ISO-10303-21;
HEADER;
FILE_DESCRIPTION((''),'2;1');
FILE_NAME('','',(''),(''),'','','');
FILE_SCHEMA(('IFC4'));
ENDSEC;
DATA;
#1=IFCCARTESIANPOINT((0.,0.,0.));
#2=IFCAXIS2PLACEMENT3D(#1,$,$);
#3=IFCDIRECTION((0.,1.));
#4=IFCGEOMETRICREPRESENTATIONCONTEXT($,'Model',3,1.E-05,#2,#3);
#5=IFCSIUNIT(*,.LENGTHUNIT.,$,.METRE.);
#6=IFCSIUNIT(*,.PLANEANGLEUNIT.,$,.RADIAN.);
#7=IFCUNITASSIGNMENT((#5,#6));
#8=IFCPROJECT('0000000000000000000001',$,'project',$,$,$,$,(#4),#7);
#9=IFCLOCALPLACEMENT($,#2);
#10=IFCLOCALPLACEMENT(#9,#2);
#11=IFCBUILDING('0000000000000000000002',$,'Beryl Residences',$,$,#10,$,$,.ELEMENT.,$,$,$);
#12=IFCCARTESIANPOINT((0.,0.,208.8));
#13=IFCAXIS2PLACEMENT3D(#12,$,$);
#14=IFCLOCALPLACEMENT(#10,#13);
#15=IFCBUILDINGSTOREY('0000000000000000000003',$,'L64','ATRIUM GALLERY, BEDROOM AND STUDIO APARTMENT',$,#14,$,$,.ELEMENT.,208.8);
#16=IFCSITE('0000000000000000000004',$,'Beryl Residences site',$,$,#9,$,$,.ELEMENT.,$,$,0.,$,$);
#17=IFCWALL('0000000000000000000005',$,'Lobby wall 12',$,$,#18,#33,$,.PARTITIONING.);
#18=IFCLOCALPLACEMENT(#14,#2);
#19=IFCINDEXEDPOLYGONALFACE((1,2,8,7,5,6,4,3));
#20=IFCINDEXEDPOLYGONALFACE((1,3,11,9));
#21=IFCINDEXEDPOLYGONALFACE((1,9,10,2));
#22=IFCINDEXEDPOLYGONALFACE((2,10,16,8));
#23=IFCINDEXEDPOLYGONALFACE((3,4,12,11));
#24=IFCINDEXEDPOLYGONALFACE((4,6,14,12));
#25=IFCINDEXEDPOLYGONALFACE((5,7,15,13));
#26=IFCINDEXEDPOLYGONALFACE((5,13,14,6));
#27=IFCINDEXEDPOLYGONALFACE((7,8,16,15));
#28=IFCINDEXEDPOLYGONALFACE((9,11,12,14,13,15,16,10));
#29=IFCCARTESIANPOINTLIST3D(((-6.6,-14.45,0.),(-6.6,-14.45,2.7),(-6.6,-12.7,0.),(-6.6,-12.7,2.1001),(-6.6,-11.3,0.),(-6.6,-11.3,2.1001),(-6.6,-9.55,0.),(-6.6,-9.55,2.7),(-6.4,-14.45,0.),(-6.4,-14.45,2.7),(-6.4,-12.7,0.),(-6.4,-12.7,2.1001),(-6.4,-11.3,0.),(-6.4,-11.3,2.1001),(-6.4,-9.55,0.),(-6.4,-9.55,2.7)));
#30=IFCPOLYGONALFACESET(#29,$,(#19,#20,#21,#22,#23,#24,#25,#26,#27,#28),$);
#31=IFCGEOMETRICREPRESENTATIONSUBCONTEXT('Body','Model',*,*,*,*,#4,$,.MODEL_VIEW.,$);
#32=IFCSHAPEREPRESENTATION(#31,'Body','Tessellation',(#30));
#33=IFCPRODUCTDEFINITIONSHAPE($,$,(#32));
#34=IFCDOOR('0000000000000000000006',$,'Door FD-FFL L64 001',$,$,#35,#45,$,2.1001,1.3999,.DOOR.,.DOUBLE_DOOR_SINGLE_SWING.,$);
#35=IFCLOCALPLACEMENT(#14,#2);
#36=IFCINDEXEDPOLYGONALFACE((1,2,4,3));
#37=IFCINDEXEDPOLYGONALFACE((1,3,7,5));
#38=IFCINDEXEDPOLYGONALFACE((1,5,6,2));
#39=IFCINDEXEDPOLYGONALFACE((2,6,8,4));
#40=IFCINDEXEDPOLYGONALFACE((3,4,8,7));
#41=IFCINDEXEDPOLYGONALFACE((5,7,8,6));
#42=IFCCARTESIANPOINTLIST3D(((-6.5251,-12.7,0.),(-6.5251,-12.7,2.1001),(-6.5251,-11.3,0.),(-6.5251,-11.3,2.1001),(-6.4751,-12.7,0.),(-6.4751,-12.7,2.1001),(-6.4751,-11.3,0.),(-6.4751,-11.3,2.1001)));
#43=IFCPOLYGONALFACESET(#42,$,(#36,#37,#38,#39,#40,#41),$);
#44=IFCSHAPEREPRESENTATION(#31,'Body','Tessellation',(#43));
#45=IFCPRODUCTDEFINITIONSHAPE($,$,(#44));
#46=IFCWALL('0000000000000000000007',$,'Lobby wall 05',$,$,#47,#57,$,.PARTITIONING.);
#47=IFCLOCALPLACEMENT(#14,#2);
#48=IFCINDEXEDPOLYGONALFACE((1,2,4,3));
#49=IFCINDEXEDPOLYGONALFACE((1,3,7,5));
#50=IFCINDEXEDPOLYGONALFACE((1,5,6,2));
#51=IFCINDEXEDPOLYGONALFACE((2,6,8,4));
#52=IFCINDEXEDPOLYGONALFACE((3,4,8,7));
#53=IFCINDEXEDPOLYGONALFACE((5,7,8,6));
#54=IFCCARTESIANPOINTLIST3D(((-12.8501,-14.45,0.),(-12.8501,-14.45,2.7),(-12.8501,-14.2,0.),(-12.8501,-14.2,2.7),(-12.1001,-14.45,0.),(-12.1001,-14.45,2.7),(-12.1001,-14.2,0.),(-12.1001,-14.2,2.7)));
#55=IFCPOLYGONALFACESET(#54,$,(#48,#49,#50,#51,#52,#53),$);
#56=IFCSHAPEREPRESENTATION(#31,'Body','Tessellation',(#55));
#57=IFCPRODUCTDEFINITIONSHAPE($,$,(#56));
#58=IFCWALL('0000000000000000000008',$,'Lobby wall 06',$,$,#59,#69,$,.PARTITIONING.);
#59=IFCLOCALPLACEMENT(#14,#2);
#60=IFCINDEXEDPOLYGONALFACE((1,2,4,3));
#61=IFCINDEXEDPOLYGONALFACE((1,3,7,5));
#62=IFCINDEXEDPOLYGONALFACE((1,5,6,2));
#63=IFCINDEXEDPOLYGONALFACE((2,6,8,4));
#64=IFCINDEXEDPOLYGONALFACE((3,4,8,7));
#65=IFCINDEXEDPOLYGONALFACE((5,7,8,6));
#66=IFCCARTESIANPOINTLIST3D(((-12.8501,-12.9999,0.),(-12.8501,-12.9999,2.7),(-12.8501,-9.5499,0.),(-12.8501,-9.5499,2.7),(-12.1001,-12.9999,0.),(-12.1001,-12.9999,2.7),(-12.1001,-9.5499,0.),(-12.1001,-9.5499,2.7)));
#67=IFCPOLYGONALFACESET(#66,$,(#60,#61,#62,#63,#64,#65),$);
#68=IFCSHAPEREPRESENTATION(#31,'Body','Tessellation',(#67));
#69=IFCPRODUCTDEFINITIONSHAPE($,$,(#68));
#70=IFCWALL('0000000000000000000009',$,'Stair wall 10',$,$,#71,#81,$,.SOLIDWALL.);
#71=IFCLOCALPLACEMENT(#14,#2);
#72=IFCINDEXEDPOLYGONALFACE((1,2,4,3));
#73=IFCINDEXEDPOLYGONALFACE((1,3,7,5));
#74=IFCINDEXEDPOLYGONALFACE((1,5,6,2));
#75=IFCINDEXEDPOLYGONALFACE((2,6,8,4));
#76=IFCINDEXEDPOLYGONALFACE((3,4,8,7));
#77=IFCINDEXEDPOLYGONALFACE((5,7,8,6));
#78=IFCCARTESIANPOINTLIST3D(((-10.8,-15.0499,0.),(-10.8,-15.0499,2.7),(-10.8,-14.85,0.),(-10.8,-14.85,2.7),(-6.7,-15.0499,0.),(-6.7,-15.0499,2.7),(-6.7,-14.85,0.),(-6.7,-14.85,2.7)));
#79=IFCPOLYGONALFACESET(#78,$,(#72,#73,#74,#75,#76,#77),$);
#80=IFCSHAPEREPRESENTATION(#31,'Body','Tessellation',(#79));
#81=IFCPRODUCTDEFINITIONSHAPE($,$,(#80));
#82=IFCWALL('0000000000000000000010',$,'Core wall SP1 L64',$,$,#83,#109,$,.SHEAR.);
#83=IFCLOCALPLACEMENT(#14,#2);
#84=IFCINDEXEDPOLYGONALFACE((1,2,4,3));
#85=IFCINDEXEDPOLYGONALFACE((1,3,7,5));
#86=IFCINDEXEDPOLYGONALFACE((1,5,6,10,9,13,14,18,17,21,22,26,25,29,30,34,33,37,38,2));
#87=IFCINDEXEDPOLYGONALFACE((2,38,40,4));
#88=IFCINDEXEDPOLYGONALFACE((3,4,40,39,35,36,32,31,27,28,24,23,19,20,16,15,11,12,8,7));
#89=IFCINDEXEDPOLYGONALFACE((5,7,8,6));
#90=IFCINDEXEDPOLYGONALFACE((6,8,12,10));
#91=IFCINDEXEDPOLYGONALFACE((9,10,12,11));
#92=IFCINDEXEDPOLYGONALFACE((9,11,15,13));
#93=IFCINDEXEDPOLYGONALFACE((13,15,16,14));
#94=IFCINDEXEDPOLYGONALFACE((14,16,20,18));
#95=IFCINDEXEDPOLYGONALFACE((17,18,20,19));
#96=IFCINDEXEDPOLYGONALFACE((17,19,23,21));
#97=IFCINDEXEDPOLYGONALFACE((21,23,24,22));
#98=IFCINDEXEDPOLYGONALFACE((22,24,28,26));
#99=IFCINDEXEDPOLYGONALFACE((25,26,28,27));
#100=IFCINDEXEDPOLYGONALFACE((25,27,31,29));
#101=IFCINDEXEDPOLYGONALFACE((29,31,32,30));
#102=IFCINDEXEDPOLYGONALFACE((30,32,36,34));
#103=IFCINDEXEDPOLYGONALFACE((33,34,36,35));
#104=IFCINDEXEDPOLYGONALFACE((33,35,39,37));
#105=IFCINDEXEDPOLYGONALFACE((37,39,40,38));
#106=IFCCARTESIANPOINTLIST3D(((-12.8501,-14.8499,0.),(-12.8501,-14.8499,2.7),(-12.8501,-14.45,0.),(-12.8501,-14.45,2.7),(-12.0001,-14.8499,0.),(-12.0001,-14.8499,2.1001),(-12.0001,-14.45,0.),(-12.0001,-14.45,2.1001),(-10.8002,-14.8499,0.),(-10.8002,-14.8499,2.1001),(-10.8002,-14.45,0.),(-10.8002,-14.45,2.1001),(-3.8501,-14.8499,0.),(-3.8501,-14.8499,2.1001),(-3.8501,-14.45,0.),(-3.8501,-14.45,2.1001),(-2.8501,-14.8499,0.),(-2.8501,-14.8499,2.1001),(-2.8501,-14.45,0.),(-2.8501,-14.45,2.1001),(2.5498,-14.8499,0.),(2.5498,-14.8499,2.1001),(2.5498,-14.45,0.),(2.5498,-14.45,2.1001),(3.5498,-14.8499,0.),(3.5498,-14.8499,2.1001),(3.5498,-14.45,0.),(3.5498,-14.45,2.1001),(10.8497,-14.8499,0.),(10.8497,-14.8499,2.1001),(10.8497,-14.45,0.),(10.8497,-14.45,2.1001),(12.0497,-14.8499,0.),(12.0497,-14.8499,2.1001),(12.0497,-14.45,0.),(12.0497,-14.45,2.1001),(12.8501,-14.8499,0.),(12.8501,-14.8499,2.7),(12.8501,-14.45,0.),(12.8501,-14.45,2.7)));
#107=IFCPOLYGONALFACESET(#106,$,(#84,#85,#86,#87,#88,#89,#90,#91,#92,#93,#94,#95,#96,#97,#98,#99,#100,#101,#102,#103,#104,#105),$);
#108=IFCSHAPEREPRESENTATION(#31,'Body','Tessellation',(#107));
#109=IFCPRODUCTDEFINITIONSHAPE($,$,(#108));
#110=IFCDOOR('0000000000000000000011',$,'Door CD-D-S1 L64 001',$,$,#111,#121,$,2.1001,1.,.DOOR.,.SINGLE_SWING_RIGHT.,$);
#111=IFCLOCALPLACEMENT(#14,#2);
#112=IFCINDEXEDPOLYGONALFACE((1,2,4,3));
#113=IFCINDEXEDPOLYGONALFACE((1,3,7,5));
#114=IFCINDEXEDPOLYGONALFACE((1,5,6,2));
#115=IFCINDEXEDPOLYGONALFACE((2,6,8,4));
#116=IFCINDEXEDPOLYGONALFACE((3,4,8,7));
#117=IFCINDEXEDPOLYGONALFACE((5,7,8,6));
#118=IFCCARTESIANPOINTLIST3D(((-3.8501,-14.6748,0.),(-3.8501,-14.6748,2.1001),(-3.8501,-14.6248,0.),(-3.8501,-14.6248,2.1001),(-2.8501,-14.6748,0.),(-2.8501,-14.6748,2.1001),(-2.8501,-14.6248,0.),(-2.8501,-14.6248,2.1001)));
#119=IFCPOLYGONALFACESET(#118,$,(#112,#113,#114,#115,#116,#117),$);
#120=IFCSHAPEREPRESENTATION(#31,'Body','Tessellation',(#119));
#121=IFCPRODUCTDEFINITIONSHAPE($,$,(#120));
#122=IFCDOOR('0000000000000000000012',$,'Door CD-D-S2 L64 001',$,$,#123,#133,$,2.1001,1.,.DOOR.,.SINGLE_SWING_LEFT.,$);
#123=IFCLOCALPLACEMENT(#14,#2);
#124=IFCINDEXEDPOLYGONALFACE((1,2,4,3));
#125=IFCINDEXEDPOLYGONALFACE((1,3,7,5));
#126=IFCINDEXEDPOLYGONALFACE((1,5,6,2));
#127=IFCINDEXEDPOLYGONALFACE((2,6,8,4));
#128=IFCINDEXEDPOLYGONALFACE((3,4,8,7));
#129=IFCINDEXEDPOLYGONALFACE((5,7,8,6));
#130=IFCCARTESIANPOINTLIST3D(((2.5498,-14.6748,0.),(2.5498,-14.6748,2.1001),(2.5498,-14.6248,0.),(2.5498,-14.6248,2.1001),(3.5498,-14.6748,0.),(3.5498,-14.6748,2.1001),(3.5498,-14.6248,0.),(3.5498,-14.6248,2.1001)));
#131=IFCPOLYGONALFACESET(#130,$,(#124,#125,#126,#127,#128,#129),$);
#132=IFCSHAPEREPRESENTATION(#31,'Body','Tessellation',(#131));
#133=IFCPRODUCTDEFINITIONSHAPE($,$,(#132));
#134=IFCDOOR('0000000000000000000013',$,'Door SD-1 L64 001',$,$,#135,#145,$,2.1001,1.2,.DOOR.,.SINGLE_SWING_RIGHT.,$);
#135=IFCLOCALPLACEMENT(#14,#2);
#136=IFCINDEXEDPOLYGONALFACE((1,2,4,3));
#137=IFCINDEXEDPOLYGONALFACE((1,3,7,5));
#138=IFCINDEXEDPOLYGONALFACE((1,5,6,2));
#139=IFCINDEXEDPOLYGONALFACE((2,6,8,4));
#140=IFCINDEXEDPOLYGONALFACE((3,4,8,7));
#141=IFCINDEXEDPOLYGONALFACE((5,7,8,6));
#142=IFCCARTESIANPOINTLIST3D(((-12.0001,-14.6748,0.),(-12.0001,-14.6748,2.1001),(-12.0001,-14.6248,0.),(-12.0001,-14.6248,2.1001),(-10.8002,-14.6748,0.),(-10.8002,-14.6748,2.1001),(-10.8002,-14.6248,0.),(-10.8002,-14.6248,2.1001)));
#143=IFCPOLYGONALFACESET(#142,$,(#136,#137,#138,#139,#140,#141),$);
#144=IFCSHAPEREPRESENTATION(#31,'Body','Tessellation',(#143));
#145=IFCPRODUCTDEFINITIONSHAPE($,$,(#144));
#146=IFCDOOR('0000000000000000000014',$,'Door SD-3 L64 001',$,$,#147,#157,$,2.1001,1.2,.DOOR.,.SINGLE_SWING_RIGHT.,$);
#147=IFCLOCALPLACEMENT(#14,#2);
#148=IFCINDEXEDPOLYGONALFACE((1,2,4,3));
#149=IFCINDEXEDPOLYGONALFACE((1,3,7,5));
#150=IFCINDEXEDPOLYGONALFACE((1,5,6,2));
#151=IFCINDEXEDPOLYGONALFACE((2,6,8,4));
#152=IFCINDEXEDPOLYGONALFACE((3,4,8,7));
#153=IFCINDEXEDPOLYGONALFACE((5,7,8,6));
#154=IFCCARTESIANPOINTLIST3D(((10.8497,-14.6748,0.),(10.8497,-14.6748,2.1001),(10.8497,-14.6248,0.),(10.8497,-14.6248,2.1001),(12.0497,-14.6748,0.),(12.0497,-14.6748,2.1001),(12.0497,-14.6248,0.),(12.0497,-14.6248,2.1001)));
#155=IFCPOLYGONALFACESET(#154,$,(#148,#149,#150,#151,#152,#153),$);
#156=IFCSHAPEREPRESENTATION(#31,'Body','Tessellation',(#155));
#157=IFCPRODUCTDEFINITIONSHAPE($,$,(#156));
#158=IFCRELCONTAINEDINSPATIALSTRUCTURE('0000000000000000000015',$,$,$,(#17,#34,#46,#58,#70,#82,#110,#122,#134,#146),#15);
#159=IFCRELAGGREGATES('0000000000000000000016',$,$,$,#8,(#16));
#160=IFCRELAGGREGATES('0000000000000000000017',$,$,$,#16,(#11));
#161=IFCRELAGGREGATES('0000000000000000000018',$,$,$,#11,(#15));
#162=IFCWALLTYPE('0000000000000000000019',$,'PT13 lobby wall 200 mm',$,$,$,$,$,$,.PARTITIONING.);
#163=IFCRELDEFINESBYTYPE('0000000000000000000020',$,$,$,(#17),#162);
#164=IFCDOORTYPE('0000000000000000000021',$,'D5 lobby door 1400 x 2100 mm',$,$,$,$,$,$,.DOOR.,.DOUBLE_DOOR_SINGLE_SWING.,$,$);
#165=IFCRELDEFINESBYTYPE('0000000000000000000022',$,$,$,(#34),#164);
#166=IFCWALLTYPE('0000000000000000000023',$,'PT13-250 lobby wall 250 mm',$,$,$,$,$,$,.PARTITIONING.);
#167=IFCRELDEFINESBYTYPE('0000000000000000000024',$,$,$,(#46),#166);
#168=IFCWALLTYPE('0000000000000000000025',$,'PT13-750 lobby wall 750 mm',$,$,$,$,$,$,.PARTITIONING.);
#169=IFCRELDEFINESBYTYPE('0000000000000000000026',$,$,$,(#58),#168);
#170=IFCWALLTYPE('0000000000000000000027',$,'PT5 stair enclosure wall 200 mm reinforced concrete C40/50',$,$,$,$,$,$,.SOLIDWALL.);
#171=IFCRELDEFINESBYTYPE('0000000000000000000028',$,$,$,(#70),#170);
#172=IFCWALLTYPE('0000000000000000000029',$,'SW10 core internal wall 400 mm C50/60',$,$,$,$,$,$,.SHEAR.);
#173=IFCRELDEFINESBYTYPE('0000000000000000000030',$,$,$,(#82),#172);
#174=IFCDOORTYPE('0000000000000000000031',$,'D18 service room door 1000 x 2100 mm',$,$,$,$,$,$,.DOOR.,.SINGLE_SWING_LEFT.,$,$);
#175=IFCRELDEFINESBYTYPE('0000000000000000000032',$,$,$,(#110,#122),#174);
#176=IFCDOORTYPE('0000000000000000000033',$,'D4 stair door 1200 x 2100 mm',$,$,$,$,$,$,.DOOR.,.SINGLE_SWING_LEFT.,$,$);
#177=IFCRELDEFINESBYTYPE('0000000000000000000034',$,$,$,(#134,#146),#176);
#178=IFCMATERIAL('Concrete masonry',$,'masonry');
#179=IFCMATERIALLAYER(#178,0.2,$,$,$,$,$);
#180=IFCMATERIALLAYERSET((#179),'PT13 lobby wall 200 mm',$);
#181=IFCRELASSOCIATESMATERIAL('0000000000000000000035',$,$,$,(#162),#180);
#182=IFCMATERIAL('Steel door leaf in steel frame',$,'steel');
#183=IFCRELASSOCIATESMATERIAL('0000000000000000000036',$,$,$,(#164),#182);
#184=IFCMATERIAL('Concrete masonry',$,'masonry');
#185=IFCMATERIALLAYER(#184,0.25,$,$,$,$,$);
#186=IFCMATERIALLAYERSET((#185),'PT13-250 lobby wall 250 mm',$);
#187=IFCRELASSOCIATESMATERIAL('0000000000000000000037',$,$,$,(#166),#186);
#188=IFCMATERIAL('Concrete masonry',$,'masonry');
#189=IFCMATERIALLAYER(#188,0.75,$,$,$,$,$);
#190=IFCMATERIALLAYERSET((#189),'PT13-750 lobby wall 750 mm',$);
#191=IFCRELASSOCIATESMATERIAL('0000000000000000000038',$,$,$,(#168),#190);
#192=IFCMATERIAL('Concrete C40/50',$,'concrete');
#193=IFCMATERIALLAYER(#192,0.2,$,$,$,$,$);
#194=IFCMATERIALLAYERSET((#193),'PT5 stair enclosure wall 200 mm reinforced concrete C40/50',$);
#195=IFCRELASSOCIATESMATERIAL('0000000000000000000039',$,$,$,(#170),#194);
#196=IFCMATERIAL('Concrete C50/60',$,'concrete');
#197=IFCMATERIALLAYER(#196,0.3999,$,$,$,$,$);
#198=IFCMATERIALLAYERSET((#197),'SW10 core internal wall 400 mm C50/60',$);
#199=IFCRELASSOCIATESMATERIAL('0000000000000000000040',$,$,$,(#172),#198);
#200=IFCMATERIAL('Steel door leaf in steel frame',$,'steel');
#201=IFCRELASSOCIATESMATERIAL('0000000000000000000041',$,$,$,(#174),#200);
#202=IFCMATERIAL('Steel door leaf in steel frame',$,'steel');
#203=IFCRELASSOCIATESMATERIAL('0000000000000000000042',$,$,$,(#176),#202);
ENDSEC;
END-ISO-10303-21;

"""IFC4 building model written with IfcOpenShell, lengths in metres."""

from ifc_helpers import new_model, si_unit, direction, frame, frame_2d, origin, place, context, subcontext, project, spatial, rectangle, extrude, material, layer, layer_set, type_object, element, fill, save


model = new_model("IFC4")

# Units and contexts
model_context = context("Model", 3, precision=1e-05, world=origin(), true_north=direction((0.0, 1.0)))
body_context = subcontext(model_context, "Body", "Model", "MODEL_VIEW")
ifc_project = project(units=[si_unit("LENGTHUNIT", "METRE"), si_unit("PLANEANGLEUNIT", "RADIAN")], contexts=[model_context])

# Site, building, storey
site_placement = place(None, origin())
site = spatial("IfcSite", under=ifc_project, at=site_placement, Name="Beryl Residences site", CompositionType="ELEMENT", RefElevation=0.0)
building_placement = place(site_placement, origin())
building = spatial("IfcBuilding", under=site, at=building_placement, Name="Beryl Residences", CompositionType="ELEMENT")
storey_placement = place(building_placement, frame((0.0, 0.0, 208.8)))
storey = spatial("IfcBuildingStorey", under=building, at=storey_placement, Name="L64", Description="ATRIUM GALLERY, BEDROOM AND STUDIO APARTMENT", CompositionType="ELEMENT", Elevation=208.8)

# Wall, opening, door
ifc_material_1 = material(Name="Concrete masonry", Category="masonry")
ifc_layer_1 = layer(ifc_material_1, 0.2)
ifc_layer_set_1 = layer_set([ifc_layer_1], Name="PT13 lobby wall 200 mm")
wall_type_1 = type_object("IfcWallType", Name="PT13 lobby wall 200 mm", PredefinedType="PARTITIONING", material=ifc_layer_set_1)
wall_1_placement = place(storey_placement, frame((-6.5, -14.45, 0.0), z_axis=(0.0, 0.0, 1.0), x_axis=(0.0, 1.0, 0.0)))
wall_1 = element("IfcWall", 1, at=wall_1_placement, inside=storey, type_object=wall_type_1, Name="Lobby wall 12", PredefinedType="PARTITIONING", context=body_context, shape_type="SweptSolid", body=[
    extrude(rectangle(XDim=4.8999, YDim=0.2, at=frame_2d((2.45, 0.0))), origin(), (0.0, 0.0, 1.0), 2.7),
])
opening_1_placement = place(wall_1_placement, frame((3.1499, 0.0, 0.0), z_axis=(0.0, 0.0, 1.0), x_axis=(-1.0, 0.0, 0.0)))
opening_1 = element("IfcOpeningElement", 2, at=opening_1_placement, cuts=wall_1, PredefinedType="OPENING", context=body_context, shape_type="SweptSolid", body=[
    extrude(rectangle(XDim=1.3999, YDim=2.1001, at=frame_2d((0.7, 1.05))), frame((0.0, 0.1099, 0.0), z_axis=(0.0, -1.0, 0.0), x_axis=(1.0, 0.0, 0.0)), (0.0, 0.0, 1.0), 0.22),
])
ifc_material_2 = material(Name="Steel door leaf in steel frame", Category="steel")
door_type_1 = type_object("IfcDoorType", Name="D5 lobby door 1400 x 2100 mm", OperationType="DOUBLE_DOOR_SINGLE_SWING", PredefinedType="DOOR", material=ifc_material_2)
door_1_placement = place(opening_1_placement, origin())
door_1 = element("IfcDoor", 3, at=door_1_placement, inside=storey, type_object=door_type_1, Name="Door FD-FFL L64 001", OperationType="DOUBLE_DOOR_SINGLE_SWING", OverallHeight=2.1001, OverallWidth=1.3999, PredefinedType="DOOR", context=body_context, shape_type="SweptSolid", body=[
    extrude(rectangle(XDim=1.3999, YDim=2.1001, at=frame_2d((0.7, 1.05))), frame((0.0, 0.0249, 0.0), z_axis=(0.0, -1.0, 0.0), x_axis=(1.0, 0.0, 0.0)), (0.0, 0.0, 1.0), 0.05),
])
fill(opening_1, door_1)

# Walls
ifc_material_3 = material(Name="Concrete masonry", Category="masonry")
ifc_layer_2 = layer(ifc_material_3, 0.25)
ifc_layer_set_2 = layer_set([ifc_layer_2], Name="PT13-250 lobby wall 250 mm")
wall_type_2 = type_object("IfcWallType", Name="PT13-250 lobby wall 250 mm", PredefinedType="PARTITIONING", material=ifc_layer_set_2)
wall_2_placement = place(storey_placement, frame((-12.8501, -14.325, 0.0), z_axis=(0.0, 0.0, 1.0), x_axis=(1.0, 0.0, 0.0)))
element("IfcWall", 4, at=wall_2_placement, inside=storey, type_object=wall_type_2, Name="Lobby wall 05", PredefinedType="PARTITIONING", context=body_context, shape_type="SweptSolid", body=[
    extrude(rectangle(XDim=0.75, YDim=0.25, at=frame_2d((0.375, 0.0))), origin(), (0.0, 0.0, 1.0), 2.7),
])
ifc_material_4 = material(Name="Concrete masonry", Category="masonry")
ifc_layer_3 = layer(ifc_material_4, 0.75)
ifc_layer_set_3 = layer_set([ifc_layer_3], Name="PT13-750 lobby wall 750 mm")
wall_type_3 = type_object("IfcWallType", Name="PT13-750 lobby wall 750 mm", PredefinedType="PARTITIONING", material=ifc_layer_set_3)
wall_3_placement = place(storey_placement, frame((-12.4751, -13.0, 0.0), z_axis=(0.0, 0.0, 1.0), x_axis=(0.0, 1.0, 0.0)))
element("IfcWall", 5, at=wall_3_placement, inside=storey, type_object=wall_type_3, Name="Lobby wall 06", PredefinedType="PARTITIONING", context=body_context, shape_type="SweptSolid", body=[
    extrude(rectangle(XDim=3.45, YDim=0.75, at=frame_2d((1.7251, 0.0))), origin(), (0.0, 0.0, 1.0), 2.7),
])
ifc_material_5 = material(Name="Concrete C40/50", Category="concrete")
ifc_layer_4 = layer(ifc_material_5, 0.2)
ifc_layer_set_4 = layer_set([ifc_layer_4], Name="PT5 stair enclosure wall 200 mm reinforced concrete C40/50")
wall_type_4 = type_object("IfcWallType", Name="PT5 stair enclosure wall 200 mm reinforced concrete C40/50", PredefinedType="SOLIDWALL", material=ifc_layer_set_4)
wall_4_placement = place(storey_placement, frame((-10.8, -14.95, 0.0), z_axis=(0.0, 0.0, 1.0), x_axis=(1.0, 0.0, 0.0)))
element("IfcWall", 6, at=wall_4_placement, inside=storey, type_object=wall_type_4, Name="Stair wall 10", PredefinedType="SOLIDWALL", context=body_context, shape_type="SweptSolid", body=[
    extrude(rectangle(XDim=4.1001, YDim=0.2, at=frame_2d((2.05, 0.0))), origin(), (0.0, 0.0, 1.0), 2.7),
])

# Wall, openings, doors
ifc_material_6 = material(Name="Concrete C50/60", Category="concrete")
ifc_layer_5 = layer(ifc_material_6, 0.3999)
ifc_layer_set_5 = layer_set([ifc_layer_5], Name="SW10 core internal wall 400 mm C50/60")
wall_type_5 = type_object("IfcWallType", Name="SW10 core internal wall 400 mm C50/60", PredefinedType="SHEAR", material=ifc_layer_set_5)
wall_5_placement = place(storey_placement, frame((-12.8501, -14.6499, 0.0), z_axis=(0.0, 0.0, 1.0), x_axis=(1.0, 0.0, 0.0)))
wall_5 = element("IfcWall", 7, at=wall_5_placement, inside=storey, type_object=wall_type_5, Name="Core wall SP1 L64", PredefinedType="SHEAR", context=body_context, shape_type="SweptSolid", body=[
    extrude(rectangle(XDim=25.7002, YDim=0.3999, at=frame_2d((12.8501, 0.0))), origin(), (0.0, 0.0, 1.0), 2.7),
])
opening_2_placement = place(wall_5_placement, frame((2.05, 0.0, 0.0), z_axis=(0.0, 0.0, 1.0), x_axis=(-1.0, 0.0, 0.0)))
opening_2 = element("IfcOpeningElement", 8, at=opening_2_placement, cuts=wall_5, PredefinedType="OPENING", context=body_context, shape_type="SweptSolid", body=[
    extrude(rectangle(XDim=1.2, YDim=2.1001, at=frame_2d((0.6001, 1.05))), frame((0.0, 0.21, 0.0), z_axis=(0.0, -1.0, 0.0), x_axis=(1.0, 0.0, 0.0)), (0.0, 0.0, 1.0), 0.4199),
])
opening_3_placement = place(wall_5_placement, frame((24.8999, 0.0, 0.0), z_axis=(0.0, 0.0, 1.0), x_axis=(-1.0, 0.0, 0.0)))
opening_3 = element("IfcOpeningElement", 9, at=opening_3_placement, cuts=wall_5, PredefinedType="OPENING", context=body_context, shape_type="SweptSolid", body=[
    extrude(rectangle(XDim=1.2, YDim=2.1001, at=frame_2d((0.6001, 1.05))), frame((0.0, 0.21, 0.0), z_axis=(0.0, -1.0, 0.0), x_axis=(1.0, 0.0, 0.0)), (0.0, 0.0, 1.0), 0.4199),
])
opening_4_placement = place(wall_5_placement, frame((10.0, 0.0, 0.0), z_axis=(0.0, 0.0, 1.0), x_axis=(-1.0, 0.0, 0.0)))
opening_4 = element("IfcOpeningElement", 10, at=opening_4_placement, cuts=wall_5, PredefinedType="OPENING", context=body_context, shape_type="SweptSolid", body=[
    extrude(rectangle(XDim=1.0, YDim=2.1001, at=frame_2d((0.5, 1.05))), frame((0.0, 0.21, 0.0), z_axis=(0.0, -1.0, 0.0), x_axis=(1.0, 0.0, 0.0)), (0.0, 0.0, 1.0), 0.4199),
])
opening_5_placement = place(wall_5_placement, frame((16.3999, 0.0, 0.0), z_axis=(0.0, 0.0, 1.0), x_axis=(-1.0, 0.0, 0.0)))
opening_5 = element("IfcOpeningElement", 11, at=opening_5_placement, cuts=wall_5, PredefinedType="OPENING", context=body_context, shape_type="SweptSolid", body=[
    extrude(rectangle(XDim=1.0, YDim=2.1001, at=frame_2d((0.5, 1.05))), frame((0.0, 0.21, 0.0), z_axis=(0.0, -1.0, 0.0), x_axis=(1.0, 0.0, 0.0)), (0.0, 0.0, 1.0), 0.4199),
])
ifc_material_7 = material(Name="Steel door leaf in steel frame", Category="steel")
door_type_2 = type_object("IfcDoorType", Name="D18 service room door 1000 x 2100 mm", OperationType="SINGLE_SWING_LEFT", PredefinedType="DOOR", material=ifc_material_7)
door_2_placement = place(opening_4_placement, origin())
door_2 = element("IfcDoor", 12, at=door_2_placement, inside=storey, type_object=door_type_2, Name="Door CD-D-S1 L64 001", OperationType="SINGLE_SWING_RIGHT", OverallHeight=2.1001, OverallWidth=1.0, PredefinedType="DOOR", context=body_context, shape_type="SweptSolid", body=[
    extrude(rectangle(XDim=1.0, YDim=2.1001, at=frame_2d((0.5, 1.05))), frame((0.0, 0.0249, 0.0), z_axis=(0.0, -1.0, 0.0), x_axis=(1.0, 0.0, 0.0)), (0.0, 0.0, 1.0), 0.05),
])
fill(opening_4, door_2)
door_3_placement = place(opening_5_placement, origin())
door_3 = element("IfcDoor", 13, at=door_3_placement, inside=storey, type_object=door_type_2, Name="Door CD-D-S2 L64 001", OperationType="SINGLE_SWING_LEFT", OverallHeight=2.1001, OverallWidth=1.0, PredefinedType="DOOR", context=body_context, shape_type="SweptSolid", body=[
    extrude(rectangle(XDim=1.0, YDim=2.1001, at=frame_2d((0.5, 1.05))), frame((0.0, 0.0249, 0.0), z_axis=(0.0, -1.0, 0.0), x_axis=(1.0, 0.0, 0.0)), (0.0, 0.0, 1.0), 0.05),
])
fill(opening_5, door_3)
ifc_material_8 = material(Name="Steel door leaf in steel frame", Category="steel")
door_type_3 = type_object("IfcDoorType", Name="D4 stair door 1200 x 2100 mm", OperationType="SINGLE_SWING_LEFT", PredefinedType="DOOR", material=ifc_material_8)
door_4_placement = place(opening_2_placement, origin())
door_4 = element("IfcDoor", 14, at=door_4_placement, inside=storey, type_object=door_type_3, Name="Door SD-1 L64 001", OperationType="SINGLE_SWING_RIGHT", OverallHeight=2.1001, OverallWidth=1.2, PredefinedType="DOOR", context=body_context, shape_type="SweptSolid", body=[
    extrude(rectangle(XDim=1.2, YDim=2.1001, at=frame_2d((0.6001, 1.05))), frame((0.0, 0.0249, 0.0), z_axis=(0.0, -1.0, 0.0), x_axis=(1.0, 0.0, 0.0)), (0.0, 0.0, 1.0), 0.05),
])
fill(opening_2, door_4)
door_5_placement = place(opening_3_placement, origin())
door_5 = element("IfcDoor", 15, at=door_5_placement, inside=storey, type_object=door_type_3, Name="Door SD-3 L64 001", OperationType="SINGLE_SWING_RIGHT", OverallHeight=2.1001, OverallWidth=1.2, PredefinedType="DOOR", context=body_context, shape_type="SweptSolid", body=[
    extrude(rectangle(XDim=1.2, YDim=2.1001, at=frame_2d((0.6001, 1.05))), frame((0.0, 0.0249, 0.0), z_axis=(0.0, -1.0, 0.0), x_axis=(1.0, 0.0, 0.0)), (0.0, 0.0, 1.0), 0.05),
])
fill(opening_3, door_5)

save(model, "model.ifc")
